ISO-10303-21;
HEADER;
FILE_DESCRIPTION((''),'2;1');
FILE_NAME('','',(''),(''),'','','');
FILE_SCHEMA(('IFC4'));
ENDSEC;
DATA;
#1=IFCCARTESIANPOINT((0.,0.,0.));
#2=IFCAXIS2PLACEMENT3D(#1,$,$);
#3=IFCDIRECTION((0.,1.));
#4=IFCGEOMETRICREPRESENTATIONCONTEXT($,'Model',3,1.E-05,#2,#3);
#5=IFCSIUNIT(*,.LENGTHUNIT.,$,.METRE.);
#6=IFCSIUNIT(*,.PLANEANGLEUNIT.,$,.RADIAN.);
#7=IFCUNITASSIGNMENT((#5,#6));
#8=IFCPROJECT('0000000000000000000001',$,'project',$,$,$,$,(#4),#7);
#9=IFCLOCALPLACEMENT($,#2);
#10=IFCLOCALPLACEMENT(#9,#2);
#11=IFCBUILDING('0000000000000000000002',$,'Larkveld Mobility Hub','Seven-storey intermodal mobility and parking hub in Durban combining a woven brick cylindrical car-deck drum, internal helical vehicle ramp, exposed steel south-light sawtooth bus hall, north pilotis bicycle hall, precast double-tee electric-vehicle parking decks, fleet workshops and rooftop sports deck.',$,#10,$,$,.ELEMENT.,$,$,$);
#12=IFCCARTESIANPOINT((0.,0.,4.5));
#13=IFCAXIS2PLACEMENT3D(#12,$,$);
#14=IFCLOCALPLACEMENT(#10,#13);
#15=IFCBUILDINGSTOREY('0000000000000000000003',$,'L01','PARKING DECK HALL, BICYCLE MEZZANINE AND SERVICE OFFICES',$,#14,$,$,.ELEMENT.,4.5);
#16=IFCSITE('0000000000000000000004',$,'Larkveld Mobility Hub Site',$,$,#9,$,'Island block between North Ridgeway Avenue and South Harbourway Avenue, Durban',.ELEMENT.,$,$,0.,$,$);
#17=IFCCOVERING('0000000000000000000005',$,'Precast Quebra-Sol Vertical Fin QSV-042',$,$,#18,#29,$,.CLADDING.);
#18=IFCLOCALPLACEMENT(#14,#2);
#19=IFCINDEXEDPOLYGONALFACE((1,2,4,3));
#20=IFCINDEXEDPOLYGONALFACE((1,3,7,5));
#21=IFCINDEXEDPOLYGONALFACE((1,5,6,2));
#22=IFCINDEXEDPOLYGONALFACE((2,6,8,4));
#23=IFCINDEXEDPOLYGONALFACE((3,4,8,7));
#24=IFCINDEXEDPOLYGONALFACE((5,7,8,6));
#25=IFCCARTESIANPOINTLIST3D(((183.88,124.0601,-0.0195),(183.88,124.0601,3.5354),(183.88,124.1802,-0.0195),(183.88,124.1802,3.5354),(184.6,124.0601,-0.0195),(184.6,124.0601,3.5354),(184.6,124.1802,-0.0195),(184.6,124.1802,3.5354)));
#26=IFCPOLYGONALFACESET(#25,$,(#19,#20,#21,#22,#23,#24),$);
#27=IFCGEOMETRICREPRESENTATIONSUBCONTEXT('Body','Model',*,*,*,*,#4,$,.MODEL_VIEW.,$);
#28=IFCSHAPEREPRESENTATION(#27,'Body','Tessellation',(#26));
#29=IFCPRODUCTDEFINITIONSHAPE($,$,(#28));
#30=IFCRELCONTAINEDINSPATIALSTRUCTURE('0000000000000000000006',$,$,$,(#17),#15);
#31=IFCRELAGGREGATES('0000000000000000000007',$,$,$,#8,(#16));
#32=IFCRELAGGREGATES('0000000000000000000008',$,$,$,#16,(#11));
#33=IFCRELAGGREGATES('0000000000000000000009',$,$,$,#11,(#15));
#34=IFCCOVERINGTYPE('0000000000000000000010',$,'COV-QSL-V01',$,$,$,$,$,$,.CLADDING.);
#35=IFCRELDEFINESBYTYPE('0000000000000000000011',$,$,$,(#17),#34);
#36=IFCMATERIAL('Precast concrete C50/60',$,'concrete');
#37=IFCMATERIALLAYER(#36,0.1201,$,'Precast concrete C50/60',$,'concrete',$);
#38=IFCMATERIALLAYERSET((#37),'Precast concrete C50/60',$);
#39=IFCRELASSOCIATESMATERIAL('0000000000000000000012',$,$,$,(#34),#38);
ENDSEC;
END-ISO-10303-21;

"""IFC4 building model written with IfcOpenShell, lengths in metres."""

from ifc_helpers import new_model, si_unit, direction, frame, origin, origin_2d, place, context, subcontext, project, spatial, rectangle, extrude, material, layer, layer_set, type_object, element, save


model = new_model("IFC4")

# Units and contexts
model_context = context("Model", 3, precision=1e-05, world=origin(), true_north=direction((0.0, 1.0)))
body_context = subcontext(model_context, "Body", "Model", "MODEL_VIEW")
ifc_project = project(units=[si_unit("LENGTHUNIT", "METRE"), si_unit("PLANEANGLEUNIT", "RADIAN")], contexts=[model_context])

# Site, building, storey
site_placement = place(None, origin())
site = spatial("IfcSite", under=ifc_project, at=site_placement, Name="Larkveld Mobility Hub Site", LongName="Island block between North Ridgeway Avenue and South Harbourway Avenue, Durban", CompositionType="ELEMENT", RefElevation=0.0)
building_placement = place(site_placement, origin())
building = spatial("IfcBuilding", under=site, at=building_placement, Name="Larkveld Mobility Hub", Description="Seven-storey intermodal mobility and parking hub in Durban combining a woven brick cylindrical car-deck drum, internal helical vehicle ramp, exposed steel south-light sawtooth bus hall, north pilotis bicycle hall, precast double-tee electric-vehicle parking decks, fleet workshops and rooftop sports deck.", CompositionType="ELEMENT")
storey_placement = place(building_placement, frame((0.0, 0.0, 4.5)))
storey = spatial("IfcBuildingStorey", under=building, at=storey_placement, Name="L01", Description="PARKING DECK HALL, BICYCLE MEZZANINE AND SERVICE OFFICES", CompositionType="ELEMENT", Elevation=4.5)

# Covering
ifc_material_1 = material(Name="Precast concrete C50/60", Category="concrete")
ifc_layer_1 = layer(ifc_material_1, 0.1201, Name="Precast concrete C50/60", Category="concrete")
ifc_layer_set_1 = layer_set([ifc_layer_1], Name="Precast concrete C50/60")
covering_type_1 = type_object("IfcCoveringType", Name="COV-QSL-V01", PredefinedType="CLADDING", material=ifc_layer_set_1)
for number, where, z_axis, x_axis, name in (
    (1, (184.24, 124.1201, -0.0195), (0.0, 0.0, 1.0), (0.0, 1.0, 0.0), "Precast Quebra-Sol Vertical Fin QSV-042"),
):
    element("IfcCovering", number, at=place(storey_placement, frame(where, z_axis=z_axis, x_axis=x_axis)), inside=storey, type_object=covering_type_1, Name=name, PredefinedType="CLADDING", context=body_context, shape_type="SweptSolid", body=[
        extrude(rectangle(XDim=0.1201, YDim=0.72, at=origin_2d()), origin(), (0.0, 0.0, 1.0), 3.5549),
    ])

save(model, "model.ifc")
